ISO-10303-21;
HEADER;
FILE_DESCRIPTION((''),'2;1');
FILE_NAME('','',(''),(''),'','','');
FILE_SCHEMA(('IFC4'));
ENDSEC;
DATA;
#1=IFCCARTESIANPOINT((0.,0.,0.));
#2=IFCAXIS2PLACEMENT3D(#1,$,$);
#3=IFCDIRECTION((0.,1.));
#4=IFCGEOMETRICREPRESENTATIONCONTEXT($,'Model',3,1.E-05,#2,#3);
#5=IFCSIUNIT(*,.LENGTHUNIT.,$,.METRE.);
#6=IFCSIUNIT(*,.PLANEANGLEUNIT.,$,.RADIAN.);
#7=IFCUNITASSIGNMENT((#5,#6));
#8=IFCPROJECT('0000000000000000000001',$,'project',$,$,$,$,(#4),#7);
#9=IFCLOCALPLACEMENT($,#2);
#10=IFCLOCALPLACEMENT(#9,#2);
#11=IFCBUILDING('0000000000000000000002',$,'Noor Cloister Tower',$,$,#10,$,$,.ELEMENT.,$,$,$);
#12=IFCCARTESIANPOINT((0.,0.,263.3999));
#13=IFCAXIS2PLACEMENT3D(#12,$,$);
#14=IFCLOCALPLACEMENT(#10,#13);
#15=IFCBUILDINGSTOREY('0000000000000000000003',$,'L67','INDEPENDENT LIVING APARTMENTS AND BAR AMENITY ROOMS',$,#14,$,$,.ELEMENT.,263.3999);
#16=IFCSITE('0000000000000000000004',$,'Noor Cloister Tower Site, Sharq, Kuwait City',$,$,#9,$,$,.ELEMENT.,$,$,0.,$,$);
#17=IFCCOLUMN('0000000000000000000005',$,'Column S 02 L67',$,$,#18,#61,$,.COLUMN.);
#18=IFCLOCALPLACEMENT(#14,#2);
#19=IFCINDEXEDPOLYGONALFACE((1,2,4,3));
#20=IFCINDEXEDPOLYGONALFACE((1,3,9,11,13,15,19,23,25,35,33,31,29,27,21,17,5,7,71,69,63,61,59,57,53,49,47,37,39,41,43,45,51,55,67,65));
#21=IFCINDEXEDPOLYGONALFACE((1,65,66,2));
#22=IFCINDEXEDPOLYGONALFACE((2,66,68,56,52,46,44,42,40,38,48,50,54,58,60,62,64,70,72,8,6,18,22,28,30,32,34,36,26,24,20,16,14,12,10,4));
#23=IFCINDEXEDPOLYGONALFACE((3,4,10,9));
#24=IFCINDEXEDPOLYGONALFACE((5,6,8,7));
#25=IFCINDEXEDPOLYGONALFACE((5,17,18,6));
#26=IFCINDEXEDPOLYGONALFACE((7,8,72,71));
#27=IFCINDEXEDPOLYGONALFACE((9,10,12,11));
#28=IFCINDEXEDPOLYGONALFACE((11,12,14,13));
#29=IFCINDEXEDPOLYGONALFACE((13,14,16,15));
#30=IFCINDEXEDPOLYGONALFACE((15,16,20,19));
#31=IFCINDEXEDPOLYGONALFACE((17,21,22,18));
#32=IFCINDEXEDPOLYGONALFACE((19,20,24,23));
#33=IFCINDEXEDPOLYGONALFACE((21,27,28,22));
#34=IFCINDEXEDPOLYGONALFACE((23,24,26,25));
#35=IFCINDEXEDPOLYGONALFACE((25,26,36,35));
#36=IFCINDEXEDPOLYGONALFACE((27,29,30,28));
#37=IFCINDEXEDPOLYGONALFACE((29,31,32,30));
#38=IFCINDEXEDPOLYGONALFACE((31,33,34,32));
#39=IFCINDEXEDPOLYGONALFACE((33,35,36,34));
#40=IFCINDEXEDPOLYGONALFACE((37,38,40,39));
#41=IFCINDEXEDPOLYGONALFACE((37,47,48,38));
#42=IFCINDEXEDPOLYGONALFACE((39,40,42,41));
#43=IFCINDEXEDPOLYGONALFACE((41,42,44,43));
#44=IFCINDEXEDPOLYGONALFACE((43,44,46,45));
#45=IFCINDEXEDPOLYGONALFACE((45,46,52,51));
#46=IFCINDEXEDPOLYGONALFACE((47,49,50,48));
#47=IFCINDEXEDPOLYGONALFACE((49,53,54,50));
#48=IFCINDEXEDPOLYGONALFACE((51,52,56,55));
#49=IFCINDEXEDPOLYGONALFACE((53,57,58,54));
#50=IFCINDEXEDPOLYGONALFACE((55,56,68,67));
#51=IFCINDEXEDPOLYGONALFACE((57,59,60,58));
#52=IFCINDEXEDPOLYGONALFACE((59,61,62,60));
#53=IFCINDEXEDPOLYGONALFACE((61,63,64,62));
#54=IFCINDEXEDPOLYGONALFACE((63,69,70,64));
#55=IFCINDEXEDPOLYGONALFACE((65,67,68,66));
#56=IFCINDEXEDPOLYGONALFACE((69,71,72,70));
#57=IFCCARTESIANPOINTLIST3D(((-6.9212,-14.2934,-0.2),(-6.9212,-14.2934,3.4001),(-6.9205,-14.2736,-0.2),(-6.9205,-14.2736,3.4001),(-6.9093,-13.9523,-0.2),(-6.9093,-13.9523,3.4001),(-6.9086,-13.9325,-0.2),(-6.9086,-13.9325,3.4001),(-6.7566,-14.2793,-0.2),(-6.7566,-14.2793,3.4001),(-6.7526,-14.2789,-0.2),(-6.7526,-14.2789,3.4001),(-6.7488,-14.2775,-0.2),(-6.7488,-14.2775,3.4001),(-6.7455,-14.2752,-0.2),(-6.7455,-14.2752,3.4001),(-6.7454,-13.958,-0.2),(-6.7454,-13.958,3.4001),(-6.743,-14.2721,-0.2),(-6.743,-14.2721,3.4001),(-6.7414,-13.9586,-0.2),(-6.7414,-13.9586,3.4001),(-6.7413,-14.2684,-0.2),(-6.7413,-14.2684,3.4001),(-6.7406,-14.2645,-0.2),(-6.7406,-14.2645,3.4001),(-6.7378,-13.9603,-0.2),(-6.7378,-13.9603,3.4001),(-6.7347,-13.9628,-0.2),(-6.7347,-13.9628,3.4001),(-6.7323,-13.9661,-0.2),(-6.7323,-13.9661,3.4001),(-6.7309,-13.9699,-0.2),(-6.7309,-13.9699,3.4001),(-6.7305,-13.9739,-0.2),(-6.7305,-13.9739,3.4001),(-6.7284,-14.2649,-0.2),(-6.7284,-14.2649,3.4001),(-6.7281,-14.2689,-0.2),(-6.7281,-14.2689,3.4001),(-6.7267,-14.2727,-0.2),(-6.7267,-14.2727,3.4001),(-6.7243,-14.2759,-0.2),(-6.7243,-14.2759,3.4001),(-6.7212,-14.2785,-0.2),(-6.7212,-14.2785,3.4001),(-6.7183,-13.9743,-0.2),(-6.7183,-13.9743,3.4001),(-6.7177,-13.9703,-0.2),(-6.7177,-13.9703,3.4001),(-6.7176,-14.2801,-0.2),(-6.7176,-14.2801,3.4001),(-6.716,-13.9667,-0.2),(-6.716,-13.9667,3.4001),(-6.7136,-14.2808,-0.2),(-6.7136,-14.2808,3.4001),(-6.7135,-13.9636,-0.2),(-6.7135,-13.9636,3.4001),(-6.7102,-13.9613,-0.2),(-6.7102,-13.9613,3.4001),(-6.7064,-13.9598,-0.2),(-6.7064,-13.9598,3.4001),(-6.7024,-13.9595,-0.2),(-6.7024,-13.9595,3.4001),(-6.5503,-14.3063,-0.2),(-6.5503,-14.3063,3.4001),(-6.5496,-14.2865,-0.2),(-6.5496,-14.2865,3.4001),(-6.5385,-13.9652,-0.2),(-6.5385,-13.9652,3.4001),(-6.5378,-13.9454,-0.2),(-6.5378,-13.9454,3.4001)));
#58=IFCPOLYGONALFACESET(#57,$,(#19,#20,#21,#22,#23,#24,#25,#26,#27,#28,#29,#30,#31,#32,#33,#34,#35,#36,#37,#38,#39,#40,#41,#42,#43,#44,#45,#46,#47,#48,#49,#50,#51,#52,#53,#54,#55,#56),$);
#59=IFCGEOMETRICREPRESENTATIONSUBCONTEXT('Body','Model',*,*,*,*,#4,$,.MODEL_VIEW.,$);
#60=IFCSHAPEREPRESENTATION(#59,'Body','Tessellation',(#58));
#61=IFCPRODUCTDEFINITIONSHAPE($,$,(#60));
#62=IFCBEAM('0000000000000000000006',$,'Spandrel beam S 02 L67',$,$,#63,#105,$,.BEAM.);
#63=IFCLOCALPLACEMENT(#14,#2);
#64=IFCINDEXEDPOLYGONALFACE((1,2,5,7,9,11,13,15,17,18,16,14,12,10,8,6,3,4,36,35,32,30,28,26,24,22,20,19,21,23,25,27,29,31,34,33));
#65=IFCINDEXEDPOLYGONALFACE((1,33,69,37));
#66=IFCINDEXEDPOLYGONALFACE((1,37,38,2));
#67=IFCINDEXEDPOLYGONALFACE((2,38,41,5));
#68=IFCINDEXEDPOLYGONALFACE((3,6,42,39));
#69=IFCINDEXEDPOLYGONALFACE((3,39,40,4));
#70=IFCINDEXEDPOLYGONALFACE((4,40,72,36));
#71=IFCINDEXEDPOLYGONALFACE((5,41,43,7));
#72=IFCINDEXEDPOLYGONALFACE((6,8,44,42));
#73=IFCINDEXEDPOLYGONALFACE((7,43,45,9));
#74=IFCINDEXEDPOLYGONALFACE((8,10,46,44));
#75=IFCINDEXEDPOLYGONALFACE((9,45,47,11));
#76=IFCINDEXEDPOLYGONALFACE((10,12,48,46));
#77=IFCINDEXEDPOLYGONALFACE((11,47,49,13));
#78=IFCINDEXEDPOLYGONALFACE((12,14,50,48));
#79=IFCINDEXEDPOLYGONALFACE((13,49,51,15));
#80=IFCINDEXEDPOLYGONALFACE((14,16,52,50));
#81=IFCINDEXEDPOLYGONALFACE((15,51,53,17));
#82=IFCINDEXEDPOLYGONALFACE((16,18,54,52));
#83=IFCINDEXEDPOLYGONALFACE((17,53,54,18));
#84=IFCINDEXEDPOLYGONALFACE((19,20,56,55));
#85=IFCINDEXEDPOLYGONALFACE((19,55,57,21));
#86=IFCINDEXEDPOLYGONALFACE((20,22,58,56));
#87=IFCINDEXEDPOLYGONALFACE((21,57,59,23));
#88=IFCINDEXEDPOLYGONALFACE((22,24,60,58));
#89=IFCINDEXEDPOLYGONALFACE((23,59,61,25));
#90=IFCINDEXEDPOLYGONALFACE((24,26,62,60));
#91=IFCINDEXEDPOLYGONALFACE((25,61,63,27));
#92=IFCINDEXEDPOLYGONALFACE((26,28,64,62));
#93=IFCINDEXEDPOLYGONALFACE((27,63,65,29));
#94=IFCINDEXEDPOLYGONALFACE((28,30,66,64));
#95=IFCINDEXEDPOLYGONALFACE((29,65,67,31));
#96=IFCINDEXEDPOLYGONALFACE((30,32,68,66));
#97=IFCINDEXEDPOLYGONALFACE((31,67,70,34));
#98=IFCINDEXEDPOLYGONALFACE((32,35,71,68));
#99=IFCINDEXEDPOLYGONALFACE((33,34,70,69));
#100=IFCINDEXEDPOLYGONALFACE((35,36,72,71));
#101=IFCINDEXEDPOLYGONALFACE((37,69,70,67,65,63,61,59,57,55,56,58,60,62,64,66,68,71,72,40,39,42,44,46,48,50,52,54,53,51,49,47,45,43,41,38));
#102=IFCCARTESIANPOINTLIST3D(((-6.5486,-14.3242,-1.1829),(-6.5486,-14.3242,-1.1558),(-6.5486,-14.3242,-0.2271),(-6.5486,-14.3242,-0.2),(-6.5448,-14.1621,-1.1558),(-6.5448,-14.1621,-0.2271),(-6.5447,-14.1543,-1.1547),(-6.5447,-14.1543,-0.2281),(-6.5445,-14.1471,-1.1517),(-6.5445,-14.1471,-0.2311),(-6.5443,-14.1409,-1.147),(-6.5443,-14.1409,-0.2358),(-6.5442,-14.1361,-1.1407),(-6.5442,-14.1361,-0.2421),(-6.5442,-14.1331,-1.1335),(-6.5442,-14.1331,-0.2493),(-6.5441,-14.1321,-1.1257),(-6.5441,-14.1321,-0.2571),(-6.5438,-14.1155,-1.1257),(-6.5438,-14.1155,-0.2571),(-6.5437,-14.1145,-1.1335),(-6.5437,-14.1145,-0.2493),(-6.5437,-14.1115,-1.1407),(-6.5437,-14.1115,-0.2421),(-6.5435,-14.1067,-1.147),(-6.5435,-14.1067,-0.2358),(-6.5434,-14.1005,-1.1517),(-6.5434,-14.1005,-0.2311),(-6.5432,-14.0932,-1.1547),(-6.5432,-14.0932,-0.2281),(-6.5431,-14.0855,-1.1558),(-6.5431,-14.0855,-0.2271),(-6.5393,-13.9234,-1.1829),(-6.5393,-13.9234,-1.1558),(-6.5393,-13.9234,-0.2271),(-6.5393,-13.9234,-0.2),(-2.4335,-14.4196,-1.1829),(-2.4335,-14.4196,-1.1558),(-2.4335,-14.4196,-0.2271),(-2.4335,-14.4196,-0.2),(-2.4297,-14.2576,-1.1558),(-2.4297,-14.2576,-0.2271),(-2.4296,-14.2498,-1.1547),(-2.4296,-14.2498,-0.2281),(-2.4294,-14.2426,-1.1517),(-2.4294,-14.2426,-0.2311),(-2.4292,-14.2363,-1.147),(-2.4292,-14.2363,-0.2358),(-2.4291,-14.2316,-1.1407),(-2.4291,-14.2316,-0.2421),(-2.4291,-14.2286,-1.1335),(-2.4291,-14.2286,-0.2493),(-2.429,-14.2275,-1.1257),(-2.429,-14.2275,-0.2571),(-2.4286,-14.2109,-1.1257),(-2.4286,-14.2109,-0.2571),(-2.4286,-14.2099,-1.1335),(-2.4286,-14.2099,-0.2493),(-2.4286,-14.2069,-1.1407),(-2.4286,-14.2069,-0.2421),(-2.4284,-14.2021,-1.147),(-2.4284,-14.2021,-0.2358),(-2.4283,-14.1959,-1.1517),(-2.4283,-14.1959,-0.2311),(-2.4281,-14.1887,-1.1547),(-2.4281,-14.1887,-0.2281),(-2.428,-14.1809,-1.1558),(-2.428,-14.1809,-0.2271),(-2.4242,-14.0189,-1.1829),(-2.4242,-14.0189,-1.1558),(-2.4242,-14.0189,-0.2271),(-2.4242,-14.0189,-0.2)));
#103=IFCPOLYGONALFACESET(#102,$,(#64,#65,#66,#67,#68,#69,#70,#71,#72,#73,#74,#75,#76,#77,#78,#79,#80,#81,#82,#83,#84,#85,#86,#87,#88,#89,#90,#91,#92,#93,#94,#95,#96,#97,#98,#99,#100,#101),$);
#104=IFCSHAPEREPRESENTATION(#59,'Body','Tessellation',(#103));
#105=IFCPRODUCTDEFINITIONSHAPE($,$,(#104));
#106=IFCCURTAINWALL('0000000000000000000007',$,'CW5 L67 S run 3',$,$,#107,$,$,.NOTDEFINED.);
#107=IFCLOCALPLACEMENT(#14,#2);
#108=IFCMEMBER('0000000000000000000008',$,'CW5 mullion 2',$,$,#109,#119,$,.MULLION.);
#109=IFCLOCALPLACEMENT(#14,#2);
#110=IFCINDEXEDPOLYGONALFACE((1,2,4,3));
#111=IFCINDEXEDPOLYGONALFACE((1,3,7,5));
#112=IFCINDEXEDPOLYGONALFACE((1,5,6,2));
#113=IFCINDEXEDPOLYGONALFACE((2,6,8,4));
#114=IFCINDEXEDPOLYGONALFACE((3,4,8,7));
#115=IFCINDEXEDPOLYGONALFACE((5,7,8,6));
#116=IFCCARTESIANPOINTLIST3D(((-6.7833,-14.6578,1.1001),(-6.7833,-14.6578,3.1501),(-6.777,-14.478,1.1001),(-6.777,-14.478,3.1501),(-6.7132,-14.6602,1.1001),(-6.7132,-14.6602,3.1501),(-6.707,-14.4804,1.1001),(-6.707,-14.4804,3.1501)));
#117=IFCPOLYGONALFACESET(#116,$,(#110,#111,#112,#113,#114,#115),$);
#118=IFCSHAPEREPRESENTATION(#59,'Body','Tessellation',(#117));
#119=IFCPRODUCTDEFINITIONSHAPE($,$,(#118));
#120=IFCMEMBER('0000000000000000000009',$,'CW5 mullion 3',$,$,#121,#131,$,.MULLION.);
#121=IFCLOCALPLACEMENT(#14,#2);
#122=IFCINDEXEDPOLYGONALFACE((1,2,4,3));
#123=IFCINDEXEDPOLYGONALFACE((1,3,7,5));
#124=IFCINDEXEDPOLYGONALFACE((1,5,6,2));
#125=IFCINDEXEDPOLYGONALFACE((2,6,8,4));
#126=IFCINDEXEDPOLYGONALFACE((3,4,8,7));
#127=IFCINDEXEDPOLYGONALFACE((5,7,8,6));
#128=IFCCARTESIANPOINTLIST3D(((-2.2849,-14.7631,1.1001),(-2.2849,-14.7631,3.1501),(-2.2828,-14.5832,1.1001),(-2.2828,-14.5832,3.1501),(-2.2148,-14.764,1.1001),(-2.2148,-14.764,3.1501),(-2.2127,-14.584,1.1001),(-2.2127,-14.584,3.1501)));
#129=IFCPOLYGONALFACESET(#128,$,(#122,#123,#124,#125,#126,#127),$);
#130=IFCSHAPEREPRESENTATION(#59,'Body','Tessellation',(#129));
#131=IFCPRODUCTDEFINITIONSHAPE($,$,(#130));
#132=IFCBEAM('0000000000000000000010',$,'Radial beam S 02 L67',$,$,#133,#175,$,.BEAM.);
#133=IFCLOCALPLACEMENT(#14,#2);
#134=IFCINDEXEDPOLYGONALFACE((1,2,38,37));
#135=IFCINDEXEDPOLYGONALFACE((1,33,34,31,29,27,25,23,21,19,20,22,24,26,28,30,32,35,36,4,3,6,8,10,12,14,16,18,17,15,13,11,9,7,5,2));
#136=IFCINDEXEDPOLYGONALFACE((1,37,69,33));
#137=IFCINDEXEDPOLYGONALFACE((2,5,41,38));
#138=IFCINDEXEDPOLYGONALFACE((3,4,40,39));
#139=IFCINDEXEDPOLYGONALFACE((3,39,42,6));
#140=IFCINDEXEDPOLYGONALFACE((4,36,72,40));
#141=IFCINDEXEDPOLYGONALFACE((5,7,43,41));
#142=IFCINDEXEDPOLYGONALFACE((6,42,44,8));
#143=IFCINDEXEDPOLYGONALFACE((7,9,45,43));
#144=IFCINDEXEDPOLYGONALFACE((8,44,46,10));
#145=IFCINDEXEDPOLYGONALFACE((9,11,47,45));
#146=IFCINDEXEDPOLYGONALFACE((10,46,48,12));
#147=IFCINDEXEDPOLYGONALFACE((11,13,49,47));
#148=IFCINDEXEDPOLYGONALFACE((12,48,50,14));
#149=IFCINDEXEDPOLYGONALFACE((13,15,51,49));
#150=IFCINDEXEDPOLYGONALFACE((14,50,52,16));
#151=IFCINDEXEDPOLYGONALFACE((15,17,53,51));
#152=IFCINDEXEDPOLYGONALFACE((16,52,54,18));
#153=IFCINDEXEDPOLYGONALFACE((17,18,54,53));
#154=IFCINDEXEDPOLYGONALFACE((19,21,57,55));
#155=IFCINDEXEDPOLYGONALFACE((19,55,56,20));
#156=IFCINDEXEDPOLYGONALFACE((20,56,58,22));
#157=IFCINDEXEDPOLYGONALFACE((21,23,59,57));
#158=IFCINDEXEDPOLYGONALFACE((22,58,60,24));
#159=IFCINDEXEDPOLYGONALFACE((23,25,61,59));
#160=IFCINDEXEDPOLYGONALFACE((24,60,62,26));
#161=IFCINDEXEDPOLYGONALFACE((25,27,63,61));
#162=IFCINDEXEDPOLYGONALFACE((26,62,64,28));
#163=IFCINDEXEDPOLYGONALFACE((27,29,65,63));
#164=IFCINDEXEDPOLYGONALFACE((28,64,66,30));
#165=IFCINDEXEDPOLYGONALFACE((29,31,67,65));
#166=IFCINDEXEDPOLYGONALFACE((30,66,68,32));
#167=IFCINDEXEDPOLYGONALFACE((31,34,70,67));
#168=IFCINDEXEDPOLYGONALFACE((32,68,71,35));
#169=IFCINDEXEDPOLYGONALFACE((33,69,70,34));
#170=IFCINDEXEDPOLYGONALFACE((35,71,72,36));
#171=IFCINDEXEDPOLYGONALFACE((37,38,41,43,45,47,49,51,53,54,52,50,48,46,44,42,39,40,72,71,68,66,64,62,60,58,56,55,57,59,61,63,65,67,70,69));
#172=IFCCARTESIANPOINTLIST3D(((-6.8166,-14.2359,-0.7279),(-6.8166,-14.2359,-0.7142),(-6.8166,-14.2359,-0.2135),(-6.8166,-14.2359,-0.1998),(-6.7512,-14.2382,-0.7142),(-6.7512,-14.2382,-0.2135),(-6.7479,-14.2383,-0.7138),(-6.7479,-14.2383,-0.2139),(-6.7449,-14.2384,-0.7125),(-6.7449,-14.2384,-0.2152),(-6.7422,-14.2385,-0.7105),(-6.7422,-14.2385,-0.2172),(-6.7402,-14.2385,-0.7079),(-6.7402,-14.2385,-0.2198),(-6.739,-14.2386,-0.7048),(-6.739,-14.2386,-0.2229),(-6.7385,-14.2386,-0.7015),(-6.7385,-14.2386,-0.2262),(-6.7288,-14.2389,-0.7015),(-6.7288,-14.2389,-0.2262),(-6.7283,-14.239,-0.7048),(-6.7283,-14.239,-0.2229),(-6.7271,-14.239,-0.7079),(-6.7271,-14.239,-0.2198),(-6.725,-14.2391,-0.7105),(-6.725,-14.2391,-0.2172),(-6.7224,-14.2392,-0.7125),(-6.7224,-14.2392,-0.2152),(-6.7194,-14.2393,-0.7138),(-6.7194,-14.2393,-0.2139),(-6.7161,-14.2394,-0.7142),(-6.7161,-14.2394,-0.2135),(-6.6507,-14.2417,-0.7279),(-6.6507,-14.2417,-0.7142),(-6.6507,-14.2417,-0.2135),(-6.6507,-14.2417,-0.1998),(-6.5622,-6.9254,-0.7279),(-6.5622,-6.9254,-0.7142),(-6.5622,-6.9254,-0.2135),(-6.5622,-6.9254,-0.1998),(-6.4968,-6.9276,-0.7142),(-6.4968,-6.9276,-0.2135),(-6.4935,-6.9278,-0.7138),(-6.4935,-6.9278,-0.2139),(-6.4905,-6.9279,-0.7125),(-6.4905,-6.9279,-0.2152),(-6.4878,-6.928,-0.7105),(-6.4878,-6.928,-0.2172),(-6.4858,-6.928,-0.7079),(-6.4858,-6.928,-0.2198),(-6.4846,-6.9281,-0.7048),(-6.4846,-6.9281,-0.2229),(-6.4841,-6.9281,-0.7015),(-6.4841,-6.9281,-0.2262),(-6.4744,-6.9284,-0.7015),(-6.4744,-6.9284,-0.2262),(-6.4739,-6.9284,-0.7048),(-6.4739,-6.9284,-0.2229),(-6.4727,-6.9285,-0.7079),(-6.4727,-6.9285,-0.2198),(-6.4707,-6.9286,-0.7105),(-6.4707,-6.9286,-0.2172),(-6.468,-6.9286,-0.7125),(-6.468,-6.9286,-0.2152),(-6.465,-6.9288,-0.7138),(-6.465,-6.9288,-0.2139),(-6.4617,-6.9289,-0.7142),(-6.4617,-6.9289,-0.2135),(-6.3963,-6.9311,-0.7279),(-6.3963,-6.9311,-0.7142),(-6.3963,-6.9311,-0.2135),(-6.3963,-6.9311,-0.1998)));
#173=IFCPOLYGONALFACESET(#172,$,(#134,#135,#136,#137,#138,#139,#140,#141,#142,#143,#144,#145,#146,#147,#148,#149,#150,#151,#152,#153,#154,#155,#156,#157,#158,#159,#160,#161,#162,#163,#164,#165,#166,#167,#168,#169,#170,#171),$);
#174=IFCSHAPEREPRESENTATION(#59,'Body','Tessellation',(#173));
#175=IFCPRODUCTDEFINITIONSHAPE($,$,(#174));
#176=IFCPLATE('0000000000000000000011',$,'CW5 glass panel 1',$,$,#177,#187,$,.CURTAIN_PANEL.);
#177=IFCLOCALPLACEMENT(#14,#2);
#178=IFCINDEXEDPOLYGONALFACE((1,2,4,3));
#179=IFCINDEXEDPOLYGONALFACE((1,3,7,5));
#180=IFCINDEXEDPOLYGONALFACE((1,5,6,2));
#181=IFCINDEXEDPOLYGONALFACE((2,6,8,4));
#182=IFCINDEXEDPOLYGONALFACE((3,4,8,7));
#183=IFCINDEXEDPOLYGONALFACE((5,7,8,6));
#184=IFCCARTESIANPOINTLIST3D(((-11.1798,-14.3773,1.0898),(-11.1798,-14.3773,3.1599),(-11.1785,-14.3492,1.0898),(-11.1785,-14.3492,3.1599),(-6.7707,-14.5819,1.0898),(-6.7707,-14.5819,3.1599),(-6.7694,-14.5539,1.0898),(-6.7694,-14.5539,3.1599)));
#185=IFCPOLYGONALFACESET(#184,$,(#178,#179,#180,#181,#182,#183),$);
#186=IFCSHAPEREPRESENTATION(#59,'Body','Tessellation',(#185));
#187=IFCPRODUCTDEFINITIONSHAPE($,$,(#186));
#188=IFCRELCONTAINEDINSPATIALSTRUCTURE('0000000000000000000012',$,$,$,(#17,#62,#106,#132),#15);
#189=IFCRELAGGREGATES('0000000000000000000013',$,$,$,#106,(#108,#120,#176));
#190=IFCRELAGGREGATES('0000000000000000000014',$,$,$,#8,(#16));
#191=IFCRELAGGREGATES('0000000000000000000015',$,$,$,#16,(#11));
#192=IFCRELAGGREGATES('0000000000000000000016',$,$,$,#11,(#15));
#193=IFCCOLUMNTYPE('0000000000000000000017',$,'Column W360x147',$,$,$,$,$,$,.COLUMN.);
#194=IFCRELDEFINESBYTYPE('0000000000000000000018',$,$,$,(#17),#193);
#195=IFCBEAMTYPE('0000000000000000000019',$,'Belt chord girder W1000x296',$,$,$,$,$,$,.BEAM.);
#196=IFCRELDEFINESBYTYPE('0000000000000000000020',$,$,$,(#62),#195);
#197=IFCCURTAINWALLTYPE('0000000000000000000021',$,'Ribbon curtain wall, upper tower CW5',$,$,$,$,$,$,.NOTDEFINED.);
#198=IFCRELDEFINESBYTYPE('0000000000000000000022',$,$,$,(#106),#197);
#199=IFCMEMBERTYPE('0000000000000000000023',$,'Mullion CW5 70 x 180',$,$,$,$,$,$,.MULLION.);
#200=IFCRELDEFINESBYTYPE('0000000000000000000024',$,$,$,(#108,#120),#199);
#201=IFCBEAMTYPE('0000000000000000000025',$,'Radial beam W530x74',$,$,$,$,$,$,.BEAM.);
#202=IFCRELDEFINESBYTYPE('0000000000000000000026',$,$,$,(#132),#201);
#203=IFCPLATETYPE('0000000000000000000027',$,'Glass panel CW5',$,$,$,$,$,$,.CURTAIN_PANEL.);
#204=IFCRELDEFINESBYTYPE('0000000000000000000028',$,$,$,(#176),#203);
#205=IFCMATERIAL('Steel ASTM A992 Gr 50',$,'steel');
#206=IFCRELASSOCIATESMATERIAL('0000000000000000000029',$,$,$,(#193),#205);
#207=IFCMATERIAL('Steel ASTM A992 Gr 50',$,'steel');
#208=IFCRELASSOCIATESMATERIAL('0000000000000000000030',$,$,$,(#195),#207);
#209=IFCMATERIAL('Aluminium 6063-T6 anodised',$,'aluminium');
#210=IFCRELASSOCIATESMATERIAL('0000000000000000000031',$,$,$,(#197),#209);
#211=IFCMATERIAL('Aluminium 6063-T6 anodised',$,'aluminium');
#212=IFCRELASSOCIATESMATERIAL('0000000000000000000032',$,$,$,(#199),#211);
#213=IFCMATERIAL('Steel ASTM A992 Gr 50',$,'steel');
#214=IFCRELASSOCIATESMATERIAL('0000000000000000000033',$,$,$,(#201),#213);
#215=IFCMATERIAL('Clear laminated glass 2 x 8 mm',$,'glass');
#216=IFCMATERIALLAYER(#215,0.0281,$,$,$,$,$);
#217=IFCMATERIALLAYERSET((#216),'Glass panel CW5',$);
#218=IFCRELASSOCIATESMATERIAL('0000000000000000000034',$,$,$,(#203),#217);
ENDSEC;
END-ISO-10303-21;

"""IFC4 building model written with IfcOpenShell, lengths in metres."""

from ifc_helpers import new_model, si_unit, direction, frame, origin, origin_2d, place, context, subcontext, project, spatial, rectangle, i_section, extrude, material, layer, layer_set, material_profile, profile_set, type_object, element, aggregate, save


model = new_model("IFC4")

# Units and contexts
model_context = context("Model", 3, precision=1e-05, world=origin(), true_north=direction((0.0, 1.0)))
body_context = subcontext(model_context, "Body", "Model", "MODEL_VIEW")
ifc_project = project(units=[si_unit("LENGTHUNIT", "METRE"), si_unit("PLANEANGLEUNIT", "RADIAN")], contexts=[model_context])

# Site, building, storey
site_placement = place(None, origin())
site = spatial("IfcSite", under=ifc_project, at=site_placement, Name="Noor Cloister Tower Site, Sharq, Kuwait City", CompositionType="ELEMENT", RefElevation=0.0)
building_placement = place(site_placement, origin())
building = spatial("IfcBuilding", under=site, at=building_placement, Name="Noor Cloister Tower", CompositionType="ELEMENT")
storey_placement = place(building_placement, frame((0.0, 0.0, 263.3999)))
storey = spatial("IfcBuildingStorey", under=building, at=storey_placement, Name="L67", Description="INDEPENDENT LIVING APARTMENTS AND BAR AMENITY ROOMS", CompositionType="ELEMENT", Elevation=263.3999)

# Column
ifc_material_1 = material(Name="Steel ASTM A992 Gr 50", Category="steel")
ifc_material_profile_1 = material_profile(ifc_material_1, i_section(OverallWidth=0.3711, OverallDepth=0.3611, WebThickness=0.0122, FlangeThickness=0.0198, FilletRadius=0.0154, at=origin_2d()), Name="W360x147")
ifc_profile_set_1 = profile_set([ifc_material_profile_1], Name="Steel ASTM A992 Gr 50")
column_type = type_object("IfcColumnType", Name="Column W360x147", PredefinedType="COLUMN", material=ifc_profile_set_1)
column_placement = place(storey_placement, frame((-6.7295, -14.1194, -0.2), z_axis=(0.0, 0.0, 1.0), x_axis=(0.999395, -0.034782, 0.0)))
element("IfcColumn", 1, at=column_placement, inside=storey, type_object=column_type, Name="Column S 02 L67", PredefinedType="COLUMN", context=body_context, shape_type="SweptSolid", body=[
    extrude(i_section(OverallWidth=0.3711, OverallDepth=0.3611, WebThickness=0.0122, FlangeThickness=0.0198, FilletRadius=0.0154, at=origin_2d()), origin(), (0.0, 0.0, 1.0), 3.6001),
])

# Beam
ifc_material_2 = material(Name="Steel ASTM A992 Gr 50", Category="steel")
ifc_material_profile_2 = material_profile(ifc_material_2, i_section(OverallWidth=0.4009, OverallDepth=0.9829, WebThickness=0.0166, FlangeThickness=0.0271, FilletRadius=0.03, at=origin_2d()), Name="W1000x296")
ifc_profile_set_2 = profile_set([ifc_material_profile_2], Name="Steel ASTM A992 Gr 50")
beam_type_1 = type_object("IfcBeamType", Name="Belt chord girder W1000x296", PredefinedType="BEAM", material=ifc_profile_set_2)
beam_1_placement = place(storey_placement, frame((-6.5439, -14.1238, -0.6914), z_axis=(0.999731, -0.023192, 0.0), x_axis=(0.023192, 0.999731, 0.0)))
element("IfcBeam", 2, at=beam_1_placement, inside=storey, type_object=beam_type_1, Name="Spandrel beam S 02 L67", PredefinedType="BEAM", context=body_context, shape_type="SweptSolid", body=[
    extrude(i_section(OverallWidth=0.4009, OverallDepth=0.9829, WebThickness=0.0166, FlangeThickness=0.0271, FilletRadius=0.03, at=origin_2d()), origin(), (0.0, 0.0, 1.0), 4.1162),
])

# Curtain wall, members
ifc_material_3 = material(Name="Aluminium 6063-T6 anodised", Category="aluminium")
curtain_wall_type = type_object("IfcCurtainWallType", Name="Ribbon curtain wall, upper tower CW5", PredefinedType="NOTDEFINED", material=ifc_material_3)
curtain_wall_placement = place(storey_placement, origin())
curtain_wall = element("IfcCurtainWall", 3, at=curtain_wall_placement, inside=storey, type_object=curtain_wall_type, Name="CW5 L67 S run 3", PredefinedType="NOTDEFINED")
ifc_material_4 = material(Name="Aluminium 6063-T6 anodised", Category="aluminium")
ifc_material_profile_3 = material_profile(ifc_material_4, rectangle(XDim=0.1799, YDim=0.0701, at=origin_2d()), Name="180 x 70 mullion")
ifc_profile_set_3 = profile_set([ifc_material_profile_3], Name="Aluminium 6063-T6 anodised")
member_type = type_object("IfcMemberType", Name="Mullion CW5 70 x 180", PredefinedType="MULLION", material=ifc_profile_set_3)
member_1_placement = place(storey_placement, frame((-6.7451, -14.5691, 1.1001), z_axis=(0.0, 0.0, 1.0), x_axis=(0.034782, 0.999395, 0.0)))
member_1 = element("IfcMember", 4, at=member_1_placement, type_object=member_type, Name="CW5 mullion 2", PredefinedType="MULLION", context=body_context, shape_type="SweptSolid", body=[
    extrude(rectangle(XDim=0.1799, YDim=0.0701, at=origin_2d()), origin(), (0.0, 0.0, 1.0), 2.05),
])
member_2_placement = place(storey_placement, frame((-2.2488, -14.6736, 1.1001), z_axis=(0.0, 0.0, 1.0), x_axis=(0.011596, 0.999933, 0.0)))
member_2 = element("IfcMember", 5, at=member_2_placement, type_object=member_type, Name="CW5 mullion 3", PredefinedType="MULLION", context=body_context, shape_type="SweptSolid", body=[
    extrude(rectangle(XDim=0.1799, YDim=0.0701, at=origin_2d()), origin(), (0.0, 0.0, 1.0), 2.05),
])

# Beam
ifc_material_5 = material(Name="Steel ASTM A992 Gr 50", Category="steel")
ifc_material_profile_4 = material_profile(ifc_material_5, i_section(OverallWidth=0.166, OverallDepth=0.5281, WebThickness=0.0098, FlangeThickness=0.0137, FilletRadius=0.0127, at=origin_2d()), Name="W530x74")
ifc_profile_set_4 = profile_set([ifc_material_profile_4], Name="Steel ASTM A992 Gr 50")
beam_type_2 = type_object("IfcBeamType", Name="Radial beam W530x74", PredefinedType="BEAM", material=ifc_profile_set_4)
beam_2_placement = place(storey_placement, frame((-6.7336, -14.2388, -0.4639), z_axis=(0.034777, 0.999395, 0.0), x_axis=(-0.999395, 0.034777, 0.0)))
element("IfcBeam", 6, at=beam_2_placement, inside=storey, type_object=beam_type_2, Name="Radial beam S 02 L67", PredefinedType="BEAM", context=body_context, shape_type="SweptSolid", body=[
    extrude(i_section(OverallWidth=0.166, OverallDepth=0.5281, WebThickness=0.0098, FlangeThickness=0.0137, FilletRadius=0.0127, at=origin_2d()), origin(), (0.0, 0.0, 1.0), 7.3149),
])

# Plate
ifc_material_6 = material(Name="Clear laminated glass 2 x 8 mm", Category="glass")
ifc_layer_1 = layer(ifc_material_6, 0.0281)
ifc_layer_set_1 = layer_set([ifc_layer_1], Name="Glass panel CW5")
plate_type = type_object("IfcPlateType", Name="Glass panel CW5", PredefinedType="CURTAIN_PANEL", material=ifc_layer_set_1)
plate_1_placement = place(storey_placement, frame((-8.9746, -14.4656, 1.0898), z_axis=(0.0, 0.0, 1.0), x_axis=(0.998924, -0.046368, 0.0)))
plate_1 = element("IfcPlate", 7, at=plate_1_placement, type_object=plate_type, Name="CW5 glass panel 1", PredefinedType="CURTAIN_PANEL", context=body_context, shape_type="SweptSolid", body=[
    extrude(rectangle(XDim=4.4138, YDim=0.0281, at=origin_2d()), origin(), (0.0, 0.0, 1.0), 2.0701),
])
aggregate(curtain_wall, [member_1, member_2, plate_1])

save(model, "model.ifc")
